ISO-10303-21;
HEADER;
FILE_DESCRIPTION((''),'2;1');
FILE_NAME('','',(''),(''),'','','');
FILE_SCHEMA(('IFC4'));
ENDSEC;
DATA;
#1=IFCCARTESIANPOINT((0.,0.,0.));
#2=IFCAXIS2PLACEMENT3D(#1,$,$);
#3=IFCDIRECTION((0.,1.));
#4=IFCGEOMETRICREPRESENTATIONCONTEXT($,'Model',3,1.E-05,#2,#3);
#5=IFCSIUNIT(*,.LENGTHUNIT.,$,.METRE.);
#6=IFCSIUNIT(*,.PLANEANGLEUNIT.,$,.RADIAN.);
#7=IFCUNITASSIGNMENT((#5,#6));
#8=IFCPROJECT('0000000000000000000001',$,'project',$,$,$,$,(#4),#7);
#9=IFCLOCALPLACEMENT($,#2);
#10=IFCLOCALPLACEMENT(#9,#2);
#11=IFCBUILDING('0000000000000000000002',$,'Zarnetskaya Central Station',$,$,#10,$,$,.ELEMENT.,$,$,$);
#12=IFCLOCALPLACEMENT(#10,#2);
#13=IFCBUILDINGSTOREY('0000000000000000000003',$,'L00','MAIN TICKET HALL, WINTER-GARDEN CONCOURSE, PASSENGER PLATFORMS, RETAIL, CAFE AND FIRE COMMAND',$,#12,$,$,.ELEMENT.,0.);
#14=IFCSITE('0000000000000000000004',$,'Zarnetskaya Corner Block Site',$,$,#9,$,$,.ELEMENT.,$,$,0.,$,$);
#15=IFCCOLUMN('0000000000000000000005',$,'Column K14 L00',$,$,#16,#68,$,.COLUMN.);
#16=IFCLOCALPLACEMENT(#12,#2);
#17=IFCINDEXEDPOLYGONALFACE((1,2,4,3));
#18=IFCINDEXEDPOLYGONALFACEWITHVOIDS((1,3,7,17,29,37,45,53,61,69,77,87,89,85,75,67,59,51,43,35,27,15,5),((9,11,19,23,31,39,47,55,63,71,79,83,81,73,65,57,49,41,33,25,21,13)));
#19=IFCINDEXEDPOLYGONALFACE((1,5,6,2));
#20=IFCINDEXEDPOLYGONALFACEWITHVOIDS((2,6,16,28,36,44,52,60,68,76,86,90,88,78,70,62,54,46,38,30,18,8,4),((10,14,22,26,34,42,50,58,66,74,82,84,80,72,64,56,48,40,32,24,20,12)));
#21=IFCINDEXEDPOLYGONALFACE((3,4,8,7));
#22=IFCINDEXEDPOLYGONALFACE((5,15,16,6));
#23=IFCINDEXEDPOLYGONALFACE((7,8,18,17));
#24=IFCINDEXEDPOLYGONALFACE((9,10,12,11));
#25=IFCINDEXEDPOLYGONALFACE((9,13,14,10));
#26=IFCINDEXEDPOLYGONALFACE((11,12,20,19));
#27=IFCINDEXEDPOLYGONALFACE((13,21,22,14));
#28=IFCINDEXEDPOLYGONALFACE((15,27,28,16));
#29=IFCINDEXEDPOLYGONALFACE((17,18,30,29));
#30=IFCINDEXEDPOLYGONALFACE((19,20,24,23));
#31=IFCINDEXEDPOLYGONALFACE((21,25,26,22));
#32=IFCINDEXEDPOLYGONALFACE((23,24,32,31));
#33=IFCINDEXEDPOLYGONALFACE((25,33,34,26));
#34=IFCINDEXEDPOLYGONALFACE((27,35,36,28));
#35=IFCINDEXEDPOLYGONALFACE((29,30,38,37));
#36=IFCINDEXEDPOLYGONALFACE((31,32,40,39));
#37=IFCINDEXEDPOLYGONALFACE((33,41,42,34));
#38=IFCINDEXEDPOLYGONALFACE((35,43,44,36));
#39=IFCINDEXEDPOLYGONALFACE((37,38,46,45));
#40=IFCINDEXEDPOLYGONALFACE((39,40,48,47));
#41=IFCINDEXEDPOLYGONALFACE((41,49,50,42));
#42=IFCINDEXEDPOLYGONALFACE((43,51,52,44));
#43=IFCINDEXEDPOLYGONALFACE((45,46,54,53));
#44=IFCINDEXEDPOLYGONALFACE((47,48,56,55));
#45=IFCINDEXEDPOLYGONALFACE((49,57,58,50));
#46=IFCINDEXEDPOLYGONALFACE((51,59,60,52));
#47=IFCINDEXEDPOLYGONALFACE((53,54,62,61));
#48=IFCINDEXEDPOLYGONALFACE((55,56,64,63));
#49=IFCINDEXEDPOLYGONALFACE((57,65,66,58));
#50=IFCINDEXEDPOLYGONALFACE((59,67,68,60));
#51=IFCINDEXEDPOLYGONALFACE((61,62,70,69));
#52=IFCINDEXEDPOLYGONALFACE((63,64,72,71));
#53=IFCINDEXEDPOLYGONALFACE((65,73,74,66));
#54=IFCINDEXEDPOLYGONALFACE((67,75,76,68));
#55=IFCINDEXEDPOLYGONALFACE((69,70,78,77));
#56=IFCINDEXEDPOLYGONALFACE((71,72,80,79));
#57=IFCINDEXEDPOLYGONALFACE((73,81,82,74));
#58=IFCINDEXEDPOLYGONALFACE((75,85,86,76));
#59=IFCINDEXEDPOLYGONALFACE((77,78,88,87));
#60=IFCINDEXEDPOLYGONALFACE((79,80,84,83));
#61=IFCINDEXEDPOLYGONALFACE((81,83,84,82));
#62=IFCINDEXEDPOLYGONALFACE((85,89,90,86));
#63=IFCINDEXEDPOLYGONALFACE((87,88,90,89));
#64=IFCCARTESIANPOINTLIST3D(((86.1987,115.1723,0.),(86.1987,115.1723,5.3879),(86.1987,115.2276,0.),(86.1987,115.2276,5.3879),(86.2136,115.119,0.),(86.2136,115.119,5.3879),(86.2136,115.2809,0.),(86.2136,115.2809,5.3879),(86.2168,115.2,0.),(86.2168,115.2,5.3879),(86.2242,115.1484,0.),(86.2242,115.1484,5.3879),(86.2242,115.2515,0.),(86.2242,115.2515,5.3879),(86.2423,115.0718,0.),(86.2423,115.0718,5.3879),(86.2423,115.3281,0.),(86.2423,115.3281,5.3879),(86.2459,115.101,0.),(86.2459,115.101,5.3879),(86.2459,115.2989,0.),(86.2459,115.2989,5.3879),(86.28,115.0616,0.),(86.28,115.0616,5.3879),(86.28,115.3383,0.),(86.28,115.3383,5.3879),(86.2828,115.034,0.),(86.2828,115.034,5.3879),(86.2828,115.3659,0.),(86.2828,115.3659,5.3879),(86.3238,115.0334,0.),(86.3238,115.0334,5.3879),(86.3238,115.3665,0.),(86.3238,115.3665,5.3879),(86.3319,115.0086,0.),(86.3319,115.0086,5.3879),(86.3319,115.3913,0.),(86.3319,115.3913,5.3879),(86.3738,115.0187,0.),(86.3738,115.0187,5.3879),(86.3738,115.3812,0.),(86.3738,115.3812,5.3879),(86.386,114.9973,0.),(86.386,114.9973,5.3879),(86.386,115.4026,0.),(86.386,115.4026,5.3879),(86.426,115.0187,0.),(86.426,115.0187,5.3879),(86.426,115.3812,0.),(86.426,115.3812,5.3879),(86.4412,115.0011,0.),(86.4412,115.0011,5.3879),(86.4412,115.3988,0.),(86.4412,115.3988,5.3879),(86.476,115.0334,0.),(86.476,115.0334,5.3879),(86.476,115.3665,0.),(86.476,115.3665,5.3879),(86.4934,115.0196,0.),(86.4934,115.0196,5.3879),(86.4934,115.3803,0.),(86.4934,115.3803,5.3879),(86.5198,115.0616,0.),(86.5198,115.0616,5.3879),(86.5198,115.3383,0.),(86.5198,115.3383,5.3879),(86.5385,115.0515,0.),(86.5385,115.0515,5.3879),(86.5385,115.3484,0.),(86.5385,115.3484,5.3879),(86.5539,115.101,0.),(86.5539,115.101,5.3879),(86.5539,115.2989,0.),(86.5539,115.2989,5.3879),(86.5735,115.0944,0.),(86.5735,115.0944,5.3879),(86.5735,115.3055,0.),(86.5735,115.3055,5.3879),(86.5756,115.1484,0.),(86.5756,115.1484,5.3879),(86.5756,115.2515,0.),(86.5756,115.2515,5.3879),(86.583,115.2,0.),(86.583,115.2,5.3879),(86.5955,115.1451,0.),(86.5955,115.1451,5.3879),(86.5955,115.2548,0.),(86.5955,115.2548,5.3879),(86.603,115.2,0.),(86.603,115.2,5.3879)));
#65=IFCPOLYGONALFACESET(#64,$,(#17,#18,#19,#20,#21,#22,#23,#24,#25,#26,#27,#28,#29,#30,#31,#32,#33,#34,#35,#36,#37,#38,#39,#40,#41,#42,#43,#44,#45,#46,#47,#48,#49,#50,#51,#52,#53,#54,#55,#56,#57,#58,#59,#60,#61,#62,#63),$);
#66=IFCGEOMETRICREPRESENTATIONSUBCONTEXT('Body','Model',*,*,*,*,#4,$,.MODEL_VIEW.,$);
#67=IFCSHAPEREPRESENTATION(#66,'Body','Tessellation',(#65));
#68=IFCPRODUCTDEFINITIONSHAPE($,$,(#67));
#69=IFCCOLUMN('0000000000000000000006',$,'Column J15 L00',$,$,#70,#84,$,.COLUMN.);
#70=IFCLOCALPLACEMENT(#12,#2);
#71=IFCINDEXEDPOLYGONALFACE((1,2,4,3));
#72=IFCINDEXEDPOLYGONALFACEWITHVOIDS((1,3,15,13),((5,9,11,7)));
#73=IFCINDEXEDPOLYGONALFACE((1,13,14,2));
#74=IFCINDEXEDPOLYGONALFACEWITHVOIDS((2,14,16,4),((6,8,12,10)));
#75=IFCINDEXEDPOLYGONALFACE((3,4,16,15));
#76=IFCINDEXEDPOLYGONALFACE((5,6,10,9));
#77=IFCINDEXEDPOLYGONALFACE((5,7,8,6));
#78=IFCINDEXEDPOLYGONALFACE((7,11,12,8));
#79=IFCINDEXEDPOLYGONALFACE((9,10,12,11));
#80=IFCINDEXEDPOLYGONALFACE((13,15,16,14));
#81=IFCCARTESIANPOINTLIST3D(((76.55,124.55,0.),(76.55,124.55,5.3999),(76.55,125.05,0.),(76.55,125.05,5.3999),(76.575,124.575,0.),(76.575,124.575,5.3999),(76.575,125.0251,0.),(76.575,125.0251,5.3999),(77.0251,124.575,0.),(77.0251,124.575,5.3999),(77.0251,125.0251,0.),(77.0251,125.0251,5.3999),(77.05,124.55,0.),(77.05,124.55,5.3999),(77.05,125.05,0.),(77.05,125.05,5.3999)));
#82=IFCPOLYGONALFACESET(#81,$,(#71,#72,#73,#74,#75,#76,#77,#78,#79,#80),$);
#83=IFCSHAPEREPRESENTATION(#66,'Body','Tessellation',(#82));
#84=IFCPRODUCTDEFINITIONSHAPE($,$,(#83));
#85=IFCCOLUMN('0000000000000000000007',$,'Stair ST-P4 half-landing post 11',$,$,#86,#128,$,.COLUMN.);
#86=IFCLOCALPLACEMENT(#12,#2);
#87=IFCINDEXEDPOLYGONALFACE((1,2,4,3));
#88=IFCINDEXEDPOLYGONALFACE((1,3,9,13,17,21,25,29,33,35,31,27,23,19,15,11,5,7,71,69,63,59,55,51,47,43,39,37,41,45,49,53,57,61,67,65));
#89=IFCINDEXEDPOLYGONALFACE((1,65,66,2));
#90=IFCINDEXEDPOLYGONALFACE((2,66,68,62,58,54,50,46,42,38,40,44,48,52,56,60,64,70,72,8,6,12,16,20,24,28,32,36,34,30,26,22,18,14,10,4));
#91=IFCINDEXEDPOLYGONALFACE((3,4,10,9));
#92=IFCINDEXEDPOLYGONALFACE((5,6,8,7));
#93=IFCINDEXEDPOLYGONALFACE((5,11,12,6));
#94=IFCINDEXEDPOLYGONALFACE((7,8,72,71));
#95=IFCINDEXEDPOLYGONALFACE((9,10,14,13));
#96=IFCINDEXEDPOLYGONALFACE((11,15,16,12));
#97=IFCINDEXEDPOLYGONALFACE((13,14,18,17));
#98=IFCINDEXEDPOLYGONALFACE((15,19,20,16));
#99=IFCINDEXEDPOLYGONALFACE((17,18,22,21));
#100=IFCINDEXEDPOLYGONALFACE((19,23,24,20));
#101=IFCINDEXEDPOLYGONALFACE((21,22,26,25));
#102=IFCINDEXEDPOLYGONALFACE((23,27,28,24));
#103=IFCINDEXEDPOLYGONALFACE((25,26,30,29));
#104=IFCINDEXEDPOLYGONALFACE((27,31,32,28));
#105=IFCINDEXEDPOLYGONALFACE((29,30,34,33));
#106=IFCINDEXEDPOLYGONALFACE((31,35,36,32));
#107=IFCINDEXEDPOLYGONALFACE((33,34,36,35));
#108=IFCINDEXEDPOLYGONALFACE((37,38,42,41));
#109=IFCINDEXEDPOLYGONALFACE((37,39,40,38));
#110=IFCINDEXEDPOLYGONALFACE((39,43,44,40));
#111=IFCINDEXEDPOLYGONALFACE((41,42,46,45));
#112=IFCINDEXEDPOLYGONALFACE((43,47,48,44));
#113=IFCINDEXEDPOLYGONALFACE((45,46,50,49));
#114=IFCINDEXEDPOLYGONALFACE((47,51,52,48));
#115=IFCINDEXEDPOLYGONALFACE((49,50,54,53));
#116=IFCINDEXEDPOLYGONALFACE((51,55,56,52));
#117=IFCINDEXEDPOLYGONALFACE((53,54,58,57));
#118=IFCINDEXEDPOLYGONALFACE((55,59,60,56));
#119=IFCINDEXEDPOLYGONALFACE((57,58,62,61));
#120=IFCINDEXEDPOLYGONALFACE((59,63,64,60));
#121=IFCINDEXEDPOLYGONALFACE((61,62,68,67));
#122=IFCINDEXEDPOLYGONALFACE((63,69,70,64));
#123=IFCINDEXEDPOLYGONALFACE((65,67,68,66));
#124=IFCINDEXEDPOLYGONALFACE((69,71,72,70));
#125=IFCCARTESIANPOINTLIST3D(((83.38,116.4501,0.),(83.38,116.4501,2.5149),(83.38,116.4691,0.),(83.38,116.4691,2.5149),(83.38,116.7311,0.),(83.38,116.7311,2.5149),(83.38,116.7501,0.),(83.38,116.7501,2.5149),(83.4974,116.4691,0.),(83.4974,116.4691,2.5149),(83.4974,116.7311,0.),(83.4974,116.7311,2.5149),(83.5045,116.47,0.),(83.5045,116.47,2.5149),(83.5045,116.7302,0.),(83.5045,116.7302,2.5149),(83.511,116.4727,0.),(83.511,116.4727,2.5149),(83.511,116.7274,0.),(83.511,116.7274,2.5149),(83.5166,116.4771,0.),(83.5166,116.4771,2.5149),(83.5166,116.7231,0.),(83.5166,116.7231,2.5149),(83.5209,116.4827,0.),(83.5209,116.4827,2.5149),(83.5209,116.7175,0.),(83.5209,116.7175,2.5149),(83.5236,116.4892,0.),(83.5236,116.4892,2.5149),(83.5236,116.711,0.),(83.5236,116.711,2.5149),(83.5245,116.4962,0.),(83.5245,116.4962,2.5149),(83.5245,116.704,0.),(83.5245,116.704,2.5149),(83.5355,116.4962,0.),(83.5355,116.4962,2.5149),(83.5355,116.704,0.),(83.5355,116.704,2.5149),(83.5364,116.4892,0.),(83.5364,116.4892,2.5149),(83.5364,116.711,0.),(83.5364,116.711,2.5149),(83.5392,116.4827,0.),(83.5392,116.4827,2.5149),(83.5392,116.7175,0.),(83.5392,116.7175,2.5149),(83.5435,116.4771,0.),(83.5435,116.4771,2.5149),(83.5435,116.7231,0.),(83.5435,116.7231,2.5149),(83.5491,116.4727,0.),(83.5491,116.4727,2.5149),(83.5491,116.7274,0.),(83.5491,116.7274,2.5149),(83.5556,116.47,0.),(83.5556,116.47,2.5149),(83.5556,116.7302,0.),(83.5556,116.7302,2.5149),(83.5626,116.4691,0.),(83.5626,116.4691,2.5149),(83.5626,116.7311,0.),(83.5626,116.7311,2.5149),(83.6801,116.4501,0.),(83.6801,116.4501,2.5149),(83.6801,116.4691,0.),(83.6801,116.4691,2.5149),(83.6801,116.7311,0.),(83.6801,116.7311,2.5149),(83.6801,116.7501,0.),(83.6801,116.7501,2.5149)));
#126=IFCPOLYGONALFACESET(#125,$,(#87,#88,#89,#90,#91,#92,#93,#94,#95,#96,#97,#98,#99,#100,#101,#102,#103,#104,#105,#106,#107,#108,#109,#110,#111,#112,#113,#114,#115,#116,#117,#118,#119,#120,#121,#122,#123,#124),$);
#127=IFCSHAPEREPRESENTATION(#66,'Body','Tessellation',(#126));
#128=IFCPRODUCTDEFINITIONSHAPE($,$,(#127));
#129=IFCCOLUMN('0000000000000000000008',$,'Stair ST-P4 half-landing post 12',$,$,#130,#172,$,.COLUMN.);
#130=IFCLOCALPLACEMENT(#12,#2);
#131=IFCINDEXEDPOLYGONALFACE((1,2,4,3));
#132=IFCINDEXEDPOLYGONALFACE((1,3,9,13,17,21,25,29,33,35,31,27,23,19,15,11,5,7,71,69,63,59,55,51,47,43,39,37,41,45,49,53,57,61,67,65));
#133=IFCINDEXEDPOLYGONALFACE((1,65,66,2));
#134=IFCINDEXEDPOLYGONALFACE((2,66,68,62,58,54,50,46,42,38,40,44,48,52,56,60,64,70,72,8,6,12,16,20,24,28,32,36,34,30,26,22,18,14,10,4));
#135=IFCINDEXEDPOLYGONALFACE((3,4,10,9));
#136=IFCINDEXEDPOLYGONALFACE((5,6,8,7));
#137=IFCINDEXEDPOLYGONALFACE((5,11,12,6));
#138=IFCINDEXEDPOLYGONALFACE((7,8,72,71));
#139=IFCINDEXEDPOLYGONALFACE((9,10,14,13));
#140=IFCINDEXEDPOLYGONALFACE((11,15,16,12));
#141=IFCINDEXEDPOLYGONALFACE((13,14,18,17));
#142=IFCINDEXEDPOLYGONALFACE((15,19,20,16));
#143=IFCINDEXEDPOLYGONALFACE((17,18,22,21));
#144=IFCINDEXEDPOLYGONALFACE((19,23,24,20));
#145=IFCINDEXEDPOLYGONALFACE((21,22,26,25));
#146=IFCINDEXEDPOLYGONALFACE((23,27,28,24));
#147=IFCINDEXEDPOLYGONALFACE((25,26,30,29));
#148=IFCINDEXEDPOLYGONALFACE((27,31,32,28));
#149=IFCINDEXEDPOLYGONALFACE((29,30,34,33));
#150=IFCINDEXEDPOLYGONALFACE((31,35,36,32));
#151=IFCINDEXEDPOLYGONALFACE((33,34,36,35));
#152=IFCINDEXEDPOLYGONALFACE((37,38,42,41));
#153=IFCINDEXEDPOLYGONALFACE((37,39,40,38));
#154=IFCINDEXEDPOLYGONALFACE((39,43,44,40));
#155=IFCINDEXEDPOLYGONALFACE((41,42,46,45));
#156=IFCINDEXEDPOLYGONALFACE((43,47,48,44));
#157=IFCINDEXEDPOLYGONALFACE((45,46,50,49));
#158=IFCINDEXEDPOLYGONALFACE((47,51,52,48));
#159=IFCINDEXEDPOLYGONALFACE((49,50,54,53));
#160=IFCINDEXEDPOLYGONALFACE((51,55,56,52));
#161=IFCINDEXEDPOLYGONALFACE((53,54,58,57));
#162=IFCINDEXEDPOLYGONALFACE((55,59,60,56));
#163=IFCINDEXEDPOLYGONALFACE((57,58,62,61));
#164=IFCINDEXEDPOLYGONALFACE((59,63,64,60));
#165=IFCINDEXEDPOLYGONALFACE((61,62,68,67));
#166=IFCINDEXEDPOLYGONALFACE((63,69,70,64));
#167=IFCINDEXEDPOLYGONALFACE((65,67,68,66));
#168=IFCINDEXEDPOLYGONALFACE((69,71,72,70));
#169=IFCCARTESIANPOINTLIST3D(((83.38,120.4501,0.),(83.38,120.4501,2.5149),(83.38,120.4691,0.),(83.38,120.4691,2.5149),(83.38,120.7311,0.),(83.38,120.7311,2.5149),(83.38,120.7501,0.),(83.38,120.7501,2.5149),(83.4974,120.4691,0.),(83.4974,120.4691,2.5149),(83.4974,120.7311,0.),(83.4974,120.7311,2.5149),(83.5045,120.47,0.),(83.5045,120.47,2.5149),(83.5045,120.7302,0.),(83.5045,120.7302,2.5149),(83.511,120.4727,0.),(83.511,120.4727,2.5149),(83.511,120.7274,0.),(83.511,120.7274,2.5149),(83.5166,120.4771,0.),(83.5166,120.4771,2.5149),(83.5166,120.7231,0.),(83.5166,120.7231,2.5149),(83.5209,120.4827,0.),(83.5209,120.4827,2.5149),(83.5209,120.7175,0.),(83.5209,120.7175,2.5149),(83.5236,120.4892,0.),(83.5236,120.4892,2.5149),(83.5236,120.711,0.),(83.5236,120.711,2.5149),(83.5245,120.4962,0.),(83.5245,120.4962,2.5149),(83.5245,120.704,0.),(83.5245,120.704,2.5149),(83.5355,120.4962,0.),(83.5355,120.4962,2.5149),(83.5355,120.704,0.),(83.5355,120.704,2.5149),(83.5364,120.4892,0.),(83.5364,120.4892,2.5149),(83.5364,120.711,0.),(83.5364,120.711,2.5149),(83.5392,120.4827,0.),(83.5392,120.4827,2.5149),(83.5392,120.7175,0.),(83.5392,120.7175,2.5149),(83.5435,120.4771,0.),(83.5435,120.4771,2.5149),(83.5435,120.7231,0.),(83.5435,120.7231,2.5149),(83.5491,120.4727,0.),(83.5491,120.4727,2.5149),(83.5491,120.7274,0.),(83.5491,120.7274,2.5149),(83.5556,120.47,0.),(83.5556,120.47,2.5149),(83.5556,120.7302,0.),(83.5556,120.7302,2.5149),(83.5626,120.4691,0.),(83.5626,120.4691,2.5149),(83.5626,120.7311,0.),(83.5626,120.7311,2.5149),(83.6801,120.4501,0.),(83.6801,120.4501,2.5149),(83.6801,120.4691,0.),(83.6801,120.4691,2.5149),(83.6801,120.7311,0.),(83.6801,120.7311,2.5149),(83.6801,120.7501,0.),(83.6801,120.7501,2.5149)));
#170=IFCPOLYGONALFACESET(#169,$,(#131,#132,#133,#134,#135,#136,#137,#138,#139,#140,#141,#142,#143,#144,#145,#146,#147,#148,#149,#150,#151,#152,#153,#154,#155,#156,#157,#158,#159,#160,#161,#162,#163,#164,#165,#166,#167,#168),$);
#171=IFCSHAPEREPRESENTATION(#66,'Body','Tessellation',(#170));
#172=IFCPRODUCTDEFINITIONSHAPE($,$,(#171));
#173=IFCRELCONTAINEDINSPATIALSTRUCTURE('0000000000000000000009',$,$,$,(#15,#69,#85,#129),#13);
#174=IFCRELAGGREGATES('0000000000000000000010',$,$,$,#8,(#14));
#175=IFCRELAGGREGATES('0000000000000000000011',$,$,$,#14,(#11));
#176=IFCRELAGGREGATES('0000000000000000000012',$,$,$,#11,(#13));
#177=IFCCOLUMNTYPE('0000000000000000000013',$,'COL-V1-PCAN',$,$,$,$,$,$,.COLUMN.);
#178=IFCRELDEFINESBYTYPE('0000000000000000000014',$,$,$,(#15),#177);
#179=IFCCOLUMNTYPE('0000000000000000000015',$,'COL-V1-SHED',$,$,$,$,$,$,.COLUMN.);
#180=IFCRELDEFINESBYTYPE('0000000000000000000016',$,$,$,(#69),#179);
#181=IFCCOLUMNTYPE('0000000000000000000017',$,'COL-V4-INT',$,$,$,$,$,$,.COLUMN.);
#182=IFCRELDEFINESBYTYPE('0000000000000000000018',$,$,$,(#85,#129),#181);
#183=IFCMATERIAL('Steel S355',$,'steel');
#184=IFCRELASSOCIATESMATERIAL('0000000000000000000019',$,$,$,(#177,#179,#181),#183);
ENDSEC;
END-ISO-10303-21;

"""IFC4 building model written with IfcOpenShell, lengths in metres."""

from ifc_helpers import new_model, si_unit, direction, frame, origin, origin_2d, place, context, subcontext, project, spatial, hollow_rectangle, hollow_circle, i_section, extrude, material, material_profile, profile_set, type_object, element, save


model = new_model("IFC4")

# Units and contexts
model_context = context("Model", 3, precision=1e-05, world=origin(), true_north=direction((0.0, 1.0)))
body_context = subcontext(model_context, "Body", "Model", "MODEL_VIEW")
ifc_project = project(units=[si_unit("LENGTHUNIT", "METRE"), si_unit("PLANEANGLEUNIT", "RADIAN")], contexts=[model_context])

# Site, building, storey
site_placement = place(None, origin())
site = spatial("IfcSite", under=ifc_project, at=site_placement, Name="Zarnetskaya Corner Block Site", CompositionType="ELEMENT", RefElevation=0.0)
building_placement = place(site_placement, origin())
building = spatial("IfcBuilding", under=site, at=building_placement, Name="Zarnetskaya Central Station", CompositionType="ELEMENT")
storey_placement = place(building_placement, origin())
storey = spatial("IfcBuildingStorey", under=building, at=storey_placement, Name="L00", Description="MAIN TICKET HALL, WINTER-GARDEN CONCOURSE, PASSENGER PLATFORMS, RETAIL, CAFE AND FIRE COMMAND", CompositionType="ELEMENT", Elevation=0.0)

# Columns
ifc_material_1 = material(Name="Steel S355", Category="steel")
ifc_material_profile_1 = material_profile(ifc_material_1, hollow_circle(Radius=0.2031, WallThickness=0.02, at=origin_2d()), Name="CHS 406.4x20")
ifc_profile_set_1 = profile_set([ifc_material_profile_1], Name="Steel S355")
column_type_1 = type_object("IfcColumnType", Name="COL-V1-PCAN", PredefinedType="COLUMN", material=ifc_profile_set_1)
column_1_placement = place(storey_placement, frame((86.3999, 115.2, 0.0), z_axis=(0.0, 0.0, 1.0), x_axis=(1.0, 0.0, 0.0)))
element("IfcColumn", 1, at=column_1_placement, inside=storey, type_object=column_type_1, Name="Column K14 L00", PredefinedType="COLUMN", context=body_context, shape_type="SweptSolid", body=[
    extrude(hollow_circle(Radius=0.2031, WallThickness=0.02, at=origin_2d()), origin(), (0.0, 0.0, 1.0), 5.3879),
])
ifc_material_profile_2 = material_profile(ifc_material_1, hollow_rectangle(XDim=0.5, YDim=0.5, WallThickness=0.0249, at=origin_2d()), Name="BOX 500x500x25")
ifc_profile_set_2 = profile_set([ifc_material_profile_2], Name="Steel S355")
column_type_2 = type_object("IfcColumnType", Name="COL-V1-SHED", PredefinedType="COLUMN", material=ifc_profile_set_2)
column_2_placement = place(storey_placement, frame((76.8, 124.8, 0.0), z_axis=(0.0, 0.0, 1.0), x_axis=(1.0, 0.0, 0.0)))
element("IfcColumn", 2, at=column_2_placement, inside=storey, type_object=column_type_2, Name="Column J15 L00", PredefinedType="COLUMN", context=body_context, shape_type="SweptSolid", body=[
    extrude(hollow_rectangle(XDim=0.5, YDim=0.5, WallThickness=0.0249, at=origin_2d()), origin(), (0.0, 0.0, 1.0), 5.3999),
])
ifc_material_profile_3 = material_profile(ifc_material_1, i_section(OverallWidth=0.3, OverallDepth=0.3, WebThickness=0.011, FlangeThickness=0.019, FilletRadius=0.0271, at=origin_2d()), Name="HEB 300")
ifc_profile_set_3 = profile_set([ifc_material_profile_3], Name="Steel S355")
column_type_3 = type_object("IfcColumnType", Name="COL-V4-INT", PredefinedType="COLUMN", material=ifc_profile_set_3)
for number, where, z_axis, x_axis, name in (
    (3, (83.53, 116.6001, 0.0), (0.0, 0.0, 1.0), (1.0, 0.0, 0.0), "Stair ST-P4 half-landing post 11"),
    (4, (83.53, 120.6001, 0.0), (0.0, 0.0, 1.0), (1.0, 0.0, 0.0), "Stair ST-P4 half-landing post 12"),
):
    element("IfcColumn", number, at=place(storey_placement, frame(where, z_axis=z_axis, x_axis=x_axis)), inside=storey, type_object=column_type_3, Name=name, PredefinedType="COLUMN", context=body_context, shape_type="SweptSolid", body=[
        extrude(i_section(OverallWidth=0.3, OverallDepth=0.3, WebThickness=0.011, FlangeThickness=0.019, FilletRadius=0.0271, at=origin_2d()), origin(), (0.0, 0.0, 1.0), 2.5149),
    ])

save(model, "model.ifc")
